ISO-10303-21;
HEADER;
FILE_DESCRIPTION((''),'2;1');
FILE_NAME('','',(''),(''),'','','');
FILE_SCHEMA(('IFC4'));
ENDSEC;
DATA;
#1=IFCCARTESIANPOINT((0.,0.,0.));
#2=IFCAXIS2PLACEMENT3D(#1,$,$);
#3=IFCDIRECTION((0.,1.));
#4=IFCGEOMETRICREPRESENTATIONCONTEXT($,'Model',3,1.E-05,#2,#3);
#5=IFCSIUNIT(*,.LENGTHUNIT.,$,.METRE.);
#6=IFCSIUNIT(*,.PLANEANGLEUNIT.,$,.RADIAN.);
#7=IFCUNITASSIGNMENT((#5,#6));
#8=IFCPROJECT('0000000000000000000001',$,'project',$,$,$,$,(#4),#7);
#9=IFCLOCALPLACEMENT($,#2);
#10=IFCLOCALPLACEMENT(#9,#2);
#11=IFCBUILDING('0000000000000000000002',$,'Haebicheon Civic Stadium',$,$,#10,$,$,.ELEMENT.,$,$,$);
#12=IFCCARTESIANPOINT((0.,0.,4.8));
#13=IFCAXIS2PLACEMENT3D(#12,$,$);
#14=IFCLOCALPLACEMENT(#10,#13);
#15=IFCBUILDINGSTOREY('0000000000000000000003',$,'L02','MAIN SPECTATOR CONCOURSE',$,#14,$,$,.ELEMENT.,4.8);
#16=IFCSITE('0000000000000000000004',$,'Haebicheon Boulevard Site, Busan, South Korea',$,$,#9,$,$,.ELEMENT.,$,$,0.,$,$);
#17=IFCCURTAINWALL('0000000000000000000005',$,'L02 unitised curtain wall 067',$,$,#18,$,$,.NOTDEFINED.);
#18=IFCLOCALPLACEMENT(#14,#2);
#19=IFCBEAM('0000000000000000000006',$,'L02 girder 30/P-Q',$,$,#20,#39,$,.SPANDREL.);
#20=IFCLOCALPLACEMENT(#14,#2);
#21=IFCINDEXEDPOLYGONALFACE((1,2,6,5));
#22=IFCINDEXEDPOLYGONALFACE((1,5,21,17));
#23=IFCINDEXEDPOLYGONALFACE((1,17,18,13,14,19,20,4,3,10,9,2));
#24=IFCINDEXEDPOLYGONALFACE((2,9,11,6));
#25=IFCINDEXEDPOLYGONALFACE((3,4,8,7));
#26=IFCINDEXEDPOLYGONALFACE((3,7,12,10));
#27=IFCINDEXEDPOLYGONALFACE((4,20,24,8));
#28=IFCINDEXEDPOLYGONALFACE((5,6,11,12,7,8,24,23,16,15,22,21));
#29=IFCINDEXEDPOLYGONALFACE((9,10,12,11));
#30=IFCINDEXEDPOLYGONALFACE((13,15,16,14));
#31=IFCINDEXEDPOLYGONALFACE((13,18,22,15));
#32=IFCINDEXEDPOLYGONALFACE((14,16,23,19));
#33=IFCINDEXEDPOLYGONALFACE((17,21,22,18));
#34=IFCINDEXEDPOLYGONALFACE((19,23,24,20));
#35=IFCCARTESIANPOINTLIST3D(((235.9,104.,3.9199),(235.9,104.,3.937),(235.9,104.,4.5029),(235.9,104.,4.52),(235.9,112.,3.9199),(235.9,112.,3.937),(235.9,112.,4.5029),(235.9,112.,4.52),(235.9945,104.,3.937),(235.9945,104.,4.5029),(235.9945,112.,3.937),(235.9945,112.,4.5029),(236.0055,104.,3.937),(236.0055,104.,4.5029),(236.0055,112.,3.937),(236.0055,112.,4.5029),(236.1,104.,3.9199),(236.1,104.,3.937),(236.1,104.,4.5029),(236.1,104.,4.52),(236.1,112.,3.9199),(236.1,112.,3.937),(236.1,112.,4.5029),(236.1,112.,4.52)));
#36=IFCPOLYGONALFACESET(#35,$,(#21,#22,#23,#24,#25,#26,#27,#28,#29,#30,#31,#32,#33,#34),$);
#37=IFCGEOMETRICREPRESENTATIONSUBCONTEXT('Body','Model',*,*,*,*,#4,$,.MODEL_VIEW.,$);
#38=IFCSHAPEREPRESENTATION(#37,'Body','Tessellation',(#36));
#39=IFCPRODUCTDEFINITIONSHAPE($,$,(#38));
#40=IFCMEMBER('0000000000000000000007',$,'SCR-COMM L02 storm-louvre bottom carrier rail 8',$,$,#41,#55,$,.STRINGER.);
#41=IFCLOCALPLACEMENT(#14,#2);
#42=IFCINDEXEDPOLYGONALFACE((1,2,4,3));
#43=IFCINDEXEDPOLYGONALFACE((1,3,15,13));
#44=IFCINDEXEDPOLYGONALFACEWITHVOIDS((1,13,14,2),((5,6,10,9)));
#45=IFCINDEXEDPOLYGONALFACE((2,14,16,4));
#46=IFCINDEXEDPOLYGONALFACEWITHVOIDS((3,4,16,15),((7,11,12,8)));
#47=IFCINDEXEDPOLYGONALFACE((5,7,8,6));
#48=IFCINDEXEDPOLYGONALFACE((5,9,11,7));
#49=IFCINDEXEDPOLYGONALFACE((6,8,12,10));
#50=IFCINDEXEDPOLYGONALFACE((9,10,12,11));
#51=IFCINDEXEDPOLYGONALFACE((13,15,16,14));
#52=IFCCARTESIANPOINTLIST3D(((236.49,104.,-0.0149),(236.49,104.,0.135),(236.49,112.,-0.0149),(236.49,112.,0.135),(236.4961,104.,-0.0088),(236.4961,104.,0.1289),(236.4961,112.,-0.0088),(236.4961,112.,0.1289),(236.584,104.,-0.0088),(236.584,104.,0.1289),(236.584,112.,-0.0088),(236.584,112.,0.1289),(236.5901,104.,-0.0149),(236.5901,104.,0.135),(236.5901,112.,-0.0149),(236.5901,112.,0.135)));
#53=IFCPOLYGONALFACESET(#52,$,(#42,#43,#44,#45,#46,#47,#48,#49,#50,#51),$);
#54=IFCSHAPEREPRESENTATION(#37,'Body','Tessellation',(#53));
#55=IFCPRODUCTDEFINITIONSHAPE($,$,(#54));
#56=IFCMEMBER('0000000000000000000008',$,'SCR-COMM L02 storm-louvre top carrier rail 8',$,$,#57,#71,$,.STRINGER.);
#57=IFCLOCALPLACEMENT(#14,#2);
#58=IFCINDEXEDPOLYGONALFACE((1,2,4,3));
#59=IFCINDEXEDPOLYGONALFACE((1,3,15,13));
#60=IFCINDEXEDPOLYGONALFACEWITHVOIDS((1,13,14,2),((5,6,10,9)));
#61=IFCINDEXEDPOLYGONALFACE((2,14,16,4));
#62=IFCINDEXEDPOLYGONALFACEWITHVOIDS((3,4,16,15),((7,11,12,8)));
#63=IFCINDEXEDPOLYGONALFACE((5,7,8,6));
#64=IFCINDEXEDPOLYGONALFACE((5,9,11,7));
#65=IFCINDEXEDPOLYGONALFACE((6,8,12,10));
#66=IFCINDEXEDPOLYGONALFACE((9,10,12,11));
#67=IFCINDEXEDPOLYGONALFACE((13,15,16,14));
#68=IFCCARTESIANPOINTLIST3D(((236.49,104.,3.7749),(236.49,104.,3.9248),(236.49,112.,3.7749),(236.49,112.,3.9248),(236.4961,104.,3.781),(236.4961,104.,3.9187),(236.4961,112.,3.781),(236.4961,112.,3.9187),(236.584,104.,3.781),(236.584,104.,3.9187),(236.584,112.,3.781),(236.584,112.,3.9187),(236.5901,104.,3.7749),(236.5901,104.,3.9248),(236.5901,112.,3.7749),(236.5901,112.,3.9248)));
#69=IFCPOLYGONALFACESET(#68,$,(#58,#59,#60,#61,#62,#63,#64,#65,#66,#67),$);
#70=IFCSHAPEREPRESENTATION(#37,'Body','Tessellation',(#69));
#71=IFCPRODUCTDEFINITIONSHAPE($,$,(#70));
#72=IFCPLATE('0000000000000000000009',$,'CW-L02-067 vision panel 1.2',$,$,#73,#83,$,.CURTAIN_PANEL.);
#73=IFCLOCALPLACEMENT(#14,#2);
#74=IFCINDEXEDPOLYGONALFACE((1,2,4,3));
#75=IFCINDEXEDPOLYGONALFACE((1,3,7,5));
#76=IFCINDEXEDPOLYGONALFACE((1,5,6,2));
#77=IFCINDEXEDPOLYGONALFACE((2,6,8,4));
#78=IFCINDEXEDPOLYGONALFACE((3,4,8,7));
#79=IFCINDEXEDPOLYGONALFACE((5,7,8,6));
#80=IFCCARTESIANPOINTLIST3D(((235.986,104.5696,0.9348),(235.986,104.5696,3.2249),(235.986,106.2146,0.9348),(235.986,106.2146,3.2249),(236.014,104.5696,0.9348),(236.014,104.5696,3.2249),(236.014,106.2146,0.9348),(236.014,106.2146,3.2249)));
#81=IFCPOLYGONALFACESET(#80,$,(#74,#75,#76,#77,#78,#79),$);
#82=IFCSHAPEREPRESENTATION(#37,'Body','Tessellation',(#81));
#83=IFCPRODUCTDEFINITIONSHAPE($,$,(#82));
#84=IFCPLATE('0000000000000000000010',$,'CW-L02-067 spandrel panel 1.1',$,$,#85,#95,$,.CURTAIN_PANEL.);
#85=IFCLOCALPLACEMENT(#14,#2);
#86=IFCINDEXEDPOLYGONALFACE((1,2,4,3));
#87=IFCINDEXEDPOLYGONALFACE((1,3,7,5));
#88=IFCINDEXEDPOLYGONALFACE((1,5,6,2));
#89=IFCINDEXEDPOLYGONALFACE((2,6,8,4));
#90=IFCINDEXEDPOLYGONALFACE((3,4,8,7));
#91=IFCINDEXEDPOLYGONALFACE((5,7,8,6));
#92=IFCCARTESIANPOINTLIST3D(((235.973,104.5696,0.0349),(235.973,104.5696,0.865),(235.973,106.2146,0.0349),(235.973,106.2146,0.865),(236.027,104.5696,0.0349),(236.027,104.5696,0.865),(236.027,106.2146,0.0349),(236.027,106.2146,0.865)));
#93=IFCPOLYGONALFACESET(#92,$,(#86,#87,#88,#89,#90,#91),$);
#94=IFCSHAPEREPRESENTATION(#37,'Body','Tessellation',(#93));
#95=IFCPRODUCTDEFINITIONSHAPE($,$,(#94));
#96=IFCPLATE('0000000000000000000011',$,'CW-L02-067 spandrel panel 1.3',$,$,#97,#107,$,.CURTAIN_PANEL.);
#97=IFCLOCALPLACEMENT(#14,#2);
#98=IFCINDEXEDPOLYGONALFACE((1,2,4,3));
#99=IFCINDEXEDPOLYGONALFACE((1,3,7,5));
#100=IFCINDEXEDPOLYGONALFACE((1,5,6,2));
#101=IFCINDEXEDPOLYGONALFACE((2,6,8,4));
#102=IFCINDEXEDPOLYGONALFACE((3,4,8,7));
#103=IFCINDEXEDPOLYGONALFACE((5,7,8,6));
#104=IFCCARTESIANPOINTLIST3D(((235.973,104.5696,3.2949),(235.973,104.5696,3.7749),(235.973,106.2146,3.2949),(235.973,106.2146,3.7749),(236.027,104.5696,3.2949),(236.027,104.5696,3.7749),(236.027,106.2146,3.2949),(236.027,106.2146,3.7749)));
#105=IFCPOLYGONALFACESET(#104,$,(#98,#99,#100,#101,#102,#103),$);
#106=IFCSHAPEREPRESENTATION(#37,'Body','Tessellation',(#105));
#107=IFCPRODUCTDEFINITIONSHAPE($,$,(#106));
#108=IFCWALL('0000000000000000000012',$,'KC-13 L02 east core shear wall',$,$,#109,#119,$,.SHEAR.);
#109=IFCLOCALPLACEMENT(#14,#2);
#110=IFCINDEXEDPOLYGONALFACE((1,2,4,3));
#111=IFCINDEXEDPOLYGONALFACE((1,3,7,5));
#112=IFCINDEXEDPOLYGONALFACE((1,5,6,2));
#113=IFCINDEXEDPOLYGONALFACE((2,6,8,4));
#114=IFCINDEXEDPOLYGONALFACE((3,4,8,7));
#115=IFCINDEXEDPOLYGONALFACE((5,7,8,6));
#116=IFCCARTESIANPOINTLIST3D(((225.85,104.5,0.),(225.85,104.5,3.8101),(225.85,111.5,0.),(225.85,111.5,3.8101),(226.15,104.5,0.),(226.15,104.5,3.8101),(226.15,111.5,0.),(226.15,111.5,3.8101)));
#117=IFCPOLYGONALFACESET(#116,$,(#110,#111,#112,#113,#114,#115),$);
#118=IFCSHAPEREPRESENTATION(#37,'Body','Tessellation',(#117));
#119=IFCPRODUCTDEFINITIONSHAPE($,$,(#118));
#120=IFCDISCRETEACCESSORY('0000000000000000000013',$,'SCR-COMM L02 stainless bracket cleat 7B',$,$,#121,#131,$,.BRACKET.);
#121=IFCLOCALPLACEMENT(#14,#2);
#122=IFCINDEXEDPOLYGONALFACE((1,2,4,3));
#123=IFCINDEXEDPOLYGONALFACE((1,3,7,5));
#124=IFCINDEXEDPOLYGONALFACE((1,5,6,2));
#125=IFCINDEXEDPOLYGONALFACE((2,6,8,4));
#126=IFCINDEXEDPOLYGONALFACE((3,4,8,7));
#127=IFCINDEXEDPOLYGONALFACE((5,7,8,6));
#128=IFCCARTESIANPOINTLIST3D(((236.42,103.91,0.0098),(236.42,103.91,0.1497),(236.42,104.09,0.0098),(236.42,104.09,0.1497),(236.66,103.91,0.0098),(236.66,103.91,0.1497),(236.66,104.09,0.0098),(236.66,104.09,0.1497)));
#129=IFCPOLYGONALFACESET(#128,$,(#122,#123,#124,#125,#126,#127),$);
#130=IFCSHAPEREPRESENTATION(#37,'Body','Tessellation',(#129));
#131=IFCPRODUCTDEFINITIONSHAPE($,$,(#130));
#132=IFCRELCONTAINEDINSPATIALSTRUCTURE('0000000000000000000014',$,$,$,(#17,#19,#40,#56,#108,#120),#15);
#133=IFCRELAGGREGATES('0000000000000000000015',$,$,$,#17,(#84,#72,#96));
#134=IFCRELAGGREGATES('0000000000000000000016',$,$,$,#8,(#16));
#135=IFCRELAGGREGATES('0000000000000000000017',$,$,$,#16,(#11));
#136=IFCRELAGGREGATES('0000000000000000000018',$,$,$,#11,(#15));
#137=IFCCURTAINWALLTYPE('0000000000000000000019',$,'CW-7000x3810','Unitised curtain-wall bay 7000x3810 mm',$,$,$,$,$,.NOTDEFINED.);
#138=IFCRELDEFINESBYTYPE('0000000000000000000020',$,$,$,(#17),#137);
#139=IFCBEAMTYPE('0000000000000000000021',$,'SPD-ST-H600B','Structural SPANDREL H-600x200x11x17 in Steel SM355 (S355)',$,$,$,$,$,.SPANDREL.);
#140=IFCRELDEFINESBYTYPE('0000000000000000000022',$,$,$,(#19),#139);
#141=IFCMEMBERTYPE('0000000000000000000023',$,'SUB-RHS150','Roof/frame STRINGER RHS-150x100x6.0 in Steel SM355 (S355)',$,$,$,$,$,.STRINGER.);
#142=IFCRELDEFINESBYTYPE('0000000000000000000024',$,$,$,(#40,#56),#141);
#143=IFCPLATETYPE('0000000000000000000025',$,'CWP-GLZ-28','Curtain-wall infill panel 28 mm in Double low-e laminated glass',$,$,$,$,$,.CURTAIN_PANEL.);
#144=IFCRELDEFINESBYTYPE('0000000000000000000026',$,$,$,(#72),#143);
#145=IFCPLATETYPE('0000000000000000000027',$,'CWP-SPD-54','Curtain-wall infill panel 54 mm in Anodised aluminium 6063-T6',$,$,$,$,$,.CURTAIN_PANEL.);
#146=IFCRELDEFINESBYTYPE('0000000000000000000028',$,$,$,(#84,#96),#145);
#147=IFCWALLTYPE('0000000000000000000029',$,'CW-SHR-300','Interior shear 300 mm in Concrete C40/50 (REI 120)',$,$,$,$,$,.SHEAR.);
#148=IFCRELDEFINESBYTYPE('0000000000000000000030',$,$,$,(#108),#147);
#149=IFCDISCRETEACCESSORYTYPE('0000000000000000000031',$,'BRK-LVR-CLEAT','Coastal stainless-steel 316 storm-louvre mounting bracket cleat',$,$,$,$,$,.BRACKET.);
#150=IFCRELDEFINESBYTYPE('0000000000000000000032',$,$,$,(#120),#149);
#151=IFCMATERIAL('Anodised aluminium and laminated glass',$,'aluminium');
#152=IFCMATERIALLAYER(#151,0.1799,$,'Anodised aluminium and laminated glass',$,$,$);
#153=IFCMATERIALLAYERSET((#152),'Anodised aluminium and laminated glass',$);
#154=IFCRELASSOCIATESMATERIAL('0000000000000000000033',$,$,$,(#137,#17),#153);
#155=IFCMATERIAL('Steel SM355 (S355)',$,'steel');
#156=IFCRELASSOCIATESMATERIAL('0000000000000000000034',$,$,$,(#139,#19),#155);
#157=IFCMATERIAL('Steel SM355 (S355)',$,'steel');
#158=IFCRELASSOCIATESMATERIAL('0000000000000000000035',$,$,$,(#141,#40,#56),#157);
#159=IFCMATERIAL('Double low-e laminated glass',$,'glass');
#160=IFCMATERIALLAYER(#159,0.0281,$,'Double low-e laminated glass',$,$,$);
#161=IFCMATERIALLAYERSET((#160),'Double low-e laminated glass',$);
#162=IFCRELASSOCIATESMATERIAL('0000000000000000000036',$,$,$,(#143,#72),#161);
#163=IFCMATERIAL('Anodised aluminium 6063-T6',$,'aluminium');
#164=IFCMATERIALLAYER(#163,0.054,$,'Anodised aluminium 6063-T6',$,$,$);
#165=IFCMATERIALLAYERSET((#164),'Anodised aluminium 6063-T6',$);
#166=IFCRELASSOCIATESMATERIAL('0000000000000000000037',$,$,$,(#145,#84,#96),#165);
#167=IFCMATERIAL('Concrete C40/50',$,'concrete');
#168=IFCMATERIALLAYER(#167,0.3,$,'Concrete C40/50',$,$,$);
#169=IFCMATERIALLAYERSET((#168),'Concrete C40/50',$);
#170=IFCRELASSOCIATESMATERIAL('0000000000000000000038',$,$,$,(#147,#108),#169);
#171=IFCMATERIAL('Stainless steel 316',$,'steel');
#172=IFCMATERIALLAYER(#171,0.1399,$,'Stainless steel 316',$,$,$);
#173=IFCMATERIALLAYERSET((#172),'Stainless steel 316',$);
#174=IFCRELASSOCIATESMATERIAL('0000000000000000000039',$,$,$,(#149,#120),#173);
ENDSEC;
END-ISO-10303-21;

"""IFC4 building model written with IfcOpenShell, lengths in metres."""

from ifc_helpers import new_model, si_unit, direction, frame, frame_2d, origin, origin_2d, place, context, subcontext, project, spatial, rectangle, hollow_rectangle, i_section, extrude, material, layer, layer_set, material_profile, profile_set, type_object, element, aggregate, save


model = new_model("IFC4")

# Units and contexts
model_context = context("Model", 3, precision=1e-05, world=origin(), true_north=direction((0.0, 1.0)))
body_context = subcontext(model_context, "Body", "Model", "MODEL_VIEW")
ifc_project = project(units=[si_unit("LENGTHUNIT", "METRE"), si_unit("PLANEANGLEUNIT", "RADIAN")], contexts=[model_context])

# Site, building, storey
site_placement = place(None, origin())
site = spatial("IfcSite", under=ifc_project, at=site_placement, Name="Haebicheon Boulevard Site, Busan, South Korea", CompositionType="ELEMENT", RefElevation=0.0)
building_placement = place(site_placement, origin())
building = spatial("IfcBuilding", under=site, at=building_placement, Name="Haebicheon Civic Stadium", CompositionType="ELEMENT")
storey_placement = place(building_placement, frame((0.0, 0.0, 4.8)))
storey = spatial("IfcBuildingStorey", under=building, at=storey_placement, Name="L02", Description="MAIN SPECTATOR CONCOURSE", CompositionType="ELEMENT", Elevation=4.8)

# Curtain wall
ifc_material_1 = material(Name="Anodised aluminium and laminated glass", Category="aluminium")
ifc_layer_1 = layer(ifc_material_1, 0.1799, Name="Anodised aluminium and laminated glass")
ifc_layer_set_1 = layer_set([ifc_layer_1], Name="Anodised aluminium and laminated glass")
curtain_wall_type = type_object("IfcCurtainWallType", Name="CW-7000x3810", Description="Unitised curtain-wall bay 7000x3810 mm", PredefinedType="NOTDEFINED", material=ifc_layer_set_1)
curtain_wall_placement = place(storey_placement, origin())
curtain_wall = element("IfcCurtainWall", 1, at=curtain_wall_placement, inside=storey, type_object=curtain_wall_type, material=ifc_layer_set_1, Name="L02 unitised curtain wall 067", PredefinedType="NOTDEFINED")

# Beam
ifc_material_2 = material(Name="Steel SM355 (S355)", Category="steel")
ifc_material_profile_1 = material_profile(ifc_material_2, i_section(OverallWidth=0.2, OverallDepth=0.6001, WebThickness=0.011, FlangeThickness=0.0171, at=origin_2d()), Name="H-600x200x11x17")
ifc_profile_set_1 = profile_set([ifc_material_profile_1], Name="Steel SM355 (S355)")
beam_type_1 = type_object("IfcBeamType", Name="SPD-ST-H600B", Description="Structural SPANDREL H-600x200x11x17 in Steel SM355 (S355)", PredefinedType="SPANDREL", material=ifc_profile_set_1)
beam_1_placement = place(storey_placement, frame((236.0, 104.0, 4.22), z_axis=(0.0, 1.0, 0.0), x_axis=(-1.0, 0.0, 0.0)))
element("IfcBeam", 2, at=beam_1_placement, inside=storey, type_object=beam_type_1, material=ifc_profile_set_1, Name="L02 girder 30/P-Q", PredefinedType="SPANDREL", context=body_context, shape_type="SweptSolid", body=[
    extrude(i_section(OverallWidth=0.2, OverallDepth=0.6001, WebThickness=0.011, FlangeThickness=0.0171, at=origin_2d()), origin(), (0.0, 0.0, 1.0), 8.0),
])

# Members
ifc_material_3 = material(Name="Steel SM355 (S355)", Category="steel")
ifc_material_profile_2 = material_profile(ifc_material_3, hollow_rectangle(XDim=0.1001, YDim=0.1499, WallThickness=0.0061, at=origin_2d()), Name="RHS-150x100x6.0")
ifc_profile_set_2 = profile_set([ifc_material_profile_2], Name="Steel SM355 (S355)")
member_type_1 = type_object("IfcMemberType", Name="SUB-RHS150", Description="Roof/frame STRINGER RHS-150x100x6.0 in Steel SM355 (S355)", PredefinedType="STRINGER", material=ifc_profile_set_2)
for number, where, z_axis, x_axis, name in (
    (3, (236.54, 104.0, 0.0601), (0.0, 1.0, 0.0), (-1.0, 0.0, 0.0), "SCR-COMM L02 storm-louvre bottom carrier rail 8"),
    (4, (236.54, 104.0, 3.8499), (0.0, 1.0, 0.0), (-1.0, 0.0, 0.0), "SCR-COMM L02 storm-louvre top carrier rail 8"),
):
    element("IfcMember", number, at=place(storey_placement, frame(where, z_axis=z_axis, x_axis=x_axis)), inside=storey, type_object=member_type_1, material=ifc_profile_set_2, Name=name, PredefinedType="STRINGER", context=body_context, shape_type="SweptSolid", body=[
        extrude(hollow_rectangle(XDim=0.1001, YDim=0.1499, WallThickness=0.0061, at=origin_2d()), origin(), (0.0, 0.0, 1.0), 8.0),
    ])

# Plates
ifc_material_4 = material(Name="Double low-e laminated glass", Category="glass")
ifc_layer_2 = layer(ifc_material_4, 0.0281, Name="Double low-e laminated glass")
ifc_layer_set_2 = layer_set([ifc_layer_2], Name="Double low-e laminated glass")
plate_type_1 = type_object("IfcPlateType", Name="CWP-GLZ-28", Description="Curtain-wall infill panel 28 mm in Double low-e laminated glass", PredefinedType="CURTAIN_PANEL", material=ifc_layer_set_2)
plate_1_placement = place(storey_placement, frame((236.0, 105.3921, 0.9348), z_axis=(0.0, 0.0, 1.0), x_axis=(0.0, 1.0, 0.0)))
plate_1 = element("IfcPlate", 5, at=plate_1_placement, type_object=plate_type_1, material=ifc_layer_set_2, Name="CW-L02-067 vision panel 1.2", PredefinedType="CURTAIN_PANEL", context=body_context, shape_type="SweptSolid", body=[
    extrude(rectangle(XDim=1.645, YDim=0.0281, at=origin_2d()), origin(), (0.0, 0.0, 1.0), 2.29),
])
ifc_material_5 = material(Name="Anodised aluminium 6063-T6", Category="aluminium")
ifc_layer_3 = layer(ifc_material_5, 0.054, Name="Anodised aluminium 6063-T6")
ifc_layer_set_3 = layer_set([ifc_layer_3], Name="Anodised aluminium 6063-T6")
plate_type_2 = type_object("IfcPlateType", Name="CWP-SPD-54", Description="Curtain-wall infill panel 54 mm in Anodised aluminium 6063-T6", PredefinedType="CURTAIN_PANEL", material=ifc_layer_set_3)
plate_2_placement = place(storey_placement, frame((236.0, 105.3921, 0.0349), z_axis=(0.0, 0.0, 1.0), x_axis=(0.0, 1.0, 0.0)))
plate_2 = element("IfcPlate", 6, at=plate_2_placement, type_object=plate_type_2, material=ifc_layer_set_3, Name="CW-L02-067 spandrel panel 1.1", PredefinedType="CURTAIN_PANEL", context=body_context, shape_type="SweptSolid", body=[
    extrude(rectangle(XDim=1.645, YDim=0.054, at=origin_2d()), origin(), (0.0, 0.0, 1.0), 0.8301),
])
plate_3_placement = place(storey_placement, frame((236.0, 105.3921, 3.2949), z_axis=(0.0, 0.0, 1.0), x_axis=(0.0, 1.0, 0.0)))
plate_3 = element("IfcPlate", 7, at=plate_3_placement, type_object=plate_type_2, material=ifc_layer_set_3, Name="CW-L02-067 spandrel panel 1.3", PredefinedType="CURTAIN_PANEL", context=body_context, shape_type="SweptSolid", body=[
    extrude(rectangle(XDim=1.645, YDim=0.054, at=origin_2d()), origin(), (0.0, 0.0, 1.0), 0.48),
])
aggregate(curtain_wall, [plate_2, plate_1, plate_3])

# Wall
ifc_material_6 = material(Name="Concrete C40/50", Category="concrete")
ifc_layer_4 = layer(ifc_material_6, 0.3, Name="Concrete C40/50")
ifc_layer_set_4 = layer_set([ifc_layer_4], Name="Concrete C40/50")
wall_type = type_object("IfcWallType", Name="CW-SHR-300", Description="Interior shear 300 mm in Concrete C40/50 (REI 120)", PredefinedType="SHEAR", material=ifc_layer_set_4)
wall_placement = place(storey_placement, frame((226.0, 104.5, 0.0), z_axis=(0.0, 0.0, 1.0), x_axis=(0.0, 1.0, 0.0)))
element("IfcWall", 8, at=wall_placement, inside=storey, type_object=wall_type, material=ifc_layer_set_4, Name="KC-13 L02 east core shear wall", PredefinedType="SHEAR", context=body_context, shape_type="SweptSolid", body=[
    extrude(rectangle(XDim=7.0, YDim=0.3, at=frame_2d((3.5, 0.0))), origin(), (0.0, 0.0, 1.0), 3.8101),
])

# Discrete accessory
ifc_material_7 = material(Name="Stainless steel 316", Category="steel")
ifc_layer_5 = layer(ifc_material_7, 0.1399, Name="Stainless steel 316")
ifc_layer_set_5 = layer_set([ifc_layer_5], Name="Stainless steel 316")
discrete_accessory_type = type_object("IfcDiscreteAccessoryType", Name="BRK-LVR-CLEAT", Description="Coastal stainless-steel 316 storm-louvre mounting bracket cleat", PredefinedType="BRACKET", material=ifc_layer_set_5)
discrete_accessory_placement = place(storey_placement, frame((236.54, 104.0, 0.0098), z_axis=(0.0, 0.0, 1.0), x_axis=(1.0, 0.0, 0.0)))
element("IfcDiscreteAccessory", 9, at=discrete_accessory_placement, inside=storey, type_object=discrete_accessory_type, material=ifc_layer_set_5, Name="SCR-COMM L02 stainless bracket cleat 7B", PredefinedType="BRACKET", context=body_context, shape_type="SweptSolid", body=[
    extrude(rectangle(XDim=0.24, YDim=0.1799, at=origin_2d()), origin(), (0.0, 0.0, 1.0), 0.1399),
])

save(model, "model.ifc")
